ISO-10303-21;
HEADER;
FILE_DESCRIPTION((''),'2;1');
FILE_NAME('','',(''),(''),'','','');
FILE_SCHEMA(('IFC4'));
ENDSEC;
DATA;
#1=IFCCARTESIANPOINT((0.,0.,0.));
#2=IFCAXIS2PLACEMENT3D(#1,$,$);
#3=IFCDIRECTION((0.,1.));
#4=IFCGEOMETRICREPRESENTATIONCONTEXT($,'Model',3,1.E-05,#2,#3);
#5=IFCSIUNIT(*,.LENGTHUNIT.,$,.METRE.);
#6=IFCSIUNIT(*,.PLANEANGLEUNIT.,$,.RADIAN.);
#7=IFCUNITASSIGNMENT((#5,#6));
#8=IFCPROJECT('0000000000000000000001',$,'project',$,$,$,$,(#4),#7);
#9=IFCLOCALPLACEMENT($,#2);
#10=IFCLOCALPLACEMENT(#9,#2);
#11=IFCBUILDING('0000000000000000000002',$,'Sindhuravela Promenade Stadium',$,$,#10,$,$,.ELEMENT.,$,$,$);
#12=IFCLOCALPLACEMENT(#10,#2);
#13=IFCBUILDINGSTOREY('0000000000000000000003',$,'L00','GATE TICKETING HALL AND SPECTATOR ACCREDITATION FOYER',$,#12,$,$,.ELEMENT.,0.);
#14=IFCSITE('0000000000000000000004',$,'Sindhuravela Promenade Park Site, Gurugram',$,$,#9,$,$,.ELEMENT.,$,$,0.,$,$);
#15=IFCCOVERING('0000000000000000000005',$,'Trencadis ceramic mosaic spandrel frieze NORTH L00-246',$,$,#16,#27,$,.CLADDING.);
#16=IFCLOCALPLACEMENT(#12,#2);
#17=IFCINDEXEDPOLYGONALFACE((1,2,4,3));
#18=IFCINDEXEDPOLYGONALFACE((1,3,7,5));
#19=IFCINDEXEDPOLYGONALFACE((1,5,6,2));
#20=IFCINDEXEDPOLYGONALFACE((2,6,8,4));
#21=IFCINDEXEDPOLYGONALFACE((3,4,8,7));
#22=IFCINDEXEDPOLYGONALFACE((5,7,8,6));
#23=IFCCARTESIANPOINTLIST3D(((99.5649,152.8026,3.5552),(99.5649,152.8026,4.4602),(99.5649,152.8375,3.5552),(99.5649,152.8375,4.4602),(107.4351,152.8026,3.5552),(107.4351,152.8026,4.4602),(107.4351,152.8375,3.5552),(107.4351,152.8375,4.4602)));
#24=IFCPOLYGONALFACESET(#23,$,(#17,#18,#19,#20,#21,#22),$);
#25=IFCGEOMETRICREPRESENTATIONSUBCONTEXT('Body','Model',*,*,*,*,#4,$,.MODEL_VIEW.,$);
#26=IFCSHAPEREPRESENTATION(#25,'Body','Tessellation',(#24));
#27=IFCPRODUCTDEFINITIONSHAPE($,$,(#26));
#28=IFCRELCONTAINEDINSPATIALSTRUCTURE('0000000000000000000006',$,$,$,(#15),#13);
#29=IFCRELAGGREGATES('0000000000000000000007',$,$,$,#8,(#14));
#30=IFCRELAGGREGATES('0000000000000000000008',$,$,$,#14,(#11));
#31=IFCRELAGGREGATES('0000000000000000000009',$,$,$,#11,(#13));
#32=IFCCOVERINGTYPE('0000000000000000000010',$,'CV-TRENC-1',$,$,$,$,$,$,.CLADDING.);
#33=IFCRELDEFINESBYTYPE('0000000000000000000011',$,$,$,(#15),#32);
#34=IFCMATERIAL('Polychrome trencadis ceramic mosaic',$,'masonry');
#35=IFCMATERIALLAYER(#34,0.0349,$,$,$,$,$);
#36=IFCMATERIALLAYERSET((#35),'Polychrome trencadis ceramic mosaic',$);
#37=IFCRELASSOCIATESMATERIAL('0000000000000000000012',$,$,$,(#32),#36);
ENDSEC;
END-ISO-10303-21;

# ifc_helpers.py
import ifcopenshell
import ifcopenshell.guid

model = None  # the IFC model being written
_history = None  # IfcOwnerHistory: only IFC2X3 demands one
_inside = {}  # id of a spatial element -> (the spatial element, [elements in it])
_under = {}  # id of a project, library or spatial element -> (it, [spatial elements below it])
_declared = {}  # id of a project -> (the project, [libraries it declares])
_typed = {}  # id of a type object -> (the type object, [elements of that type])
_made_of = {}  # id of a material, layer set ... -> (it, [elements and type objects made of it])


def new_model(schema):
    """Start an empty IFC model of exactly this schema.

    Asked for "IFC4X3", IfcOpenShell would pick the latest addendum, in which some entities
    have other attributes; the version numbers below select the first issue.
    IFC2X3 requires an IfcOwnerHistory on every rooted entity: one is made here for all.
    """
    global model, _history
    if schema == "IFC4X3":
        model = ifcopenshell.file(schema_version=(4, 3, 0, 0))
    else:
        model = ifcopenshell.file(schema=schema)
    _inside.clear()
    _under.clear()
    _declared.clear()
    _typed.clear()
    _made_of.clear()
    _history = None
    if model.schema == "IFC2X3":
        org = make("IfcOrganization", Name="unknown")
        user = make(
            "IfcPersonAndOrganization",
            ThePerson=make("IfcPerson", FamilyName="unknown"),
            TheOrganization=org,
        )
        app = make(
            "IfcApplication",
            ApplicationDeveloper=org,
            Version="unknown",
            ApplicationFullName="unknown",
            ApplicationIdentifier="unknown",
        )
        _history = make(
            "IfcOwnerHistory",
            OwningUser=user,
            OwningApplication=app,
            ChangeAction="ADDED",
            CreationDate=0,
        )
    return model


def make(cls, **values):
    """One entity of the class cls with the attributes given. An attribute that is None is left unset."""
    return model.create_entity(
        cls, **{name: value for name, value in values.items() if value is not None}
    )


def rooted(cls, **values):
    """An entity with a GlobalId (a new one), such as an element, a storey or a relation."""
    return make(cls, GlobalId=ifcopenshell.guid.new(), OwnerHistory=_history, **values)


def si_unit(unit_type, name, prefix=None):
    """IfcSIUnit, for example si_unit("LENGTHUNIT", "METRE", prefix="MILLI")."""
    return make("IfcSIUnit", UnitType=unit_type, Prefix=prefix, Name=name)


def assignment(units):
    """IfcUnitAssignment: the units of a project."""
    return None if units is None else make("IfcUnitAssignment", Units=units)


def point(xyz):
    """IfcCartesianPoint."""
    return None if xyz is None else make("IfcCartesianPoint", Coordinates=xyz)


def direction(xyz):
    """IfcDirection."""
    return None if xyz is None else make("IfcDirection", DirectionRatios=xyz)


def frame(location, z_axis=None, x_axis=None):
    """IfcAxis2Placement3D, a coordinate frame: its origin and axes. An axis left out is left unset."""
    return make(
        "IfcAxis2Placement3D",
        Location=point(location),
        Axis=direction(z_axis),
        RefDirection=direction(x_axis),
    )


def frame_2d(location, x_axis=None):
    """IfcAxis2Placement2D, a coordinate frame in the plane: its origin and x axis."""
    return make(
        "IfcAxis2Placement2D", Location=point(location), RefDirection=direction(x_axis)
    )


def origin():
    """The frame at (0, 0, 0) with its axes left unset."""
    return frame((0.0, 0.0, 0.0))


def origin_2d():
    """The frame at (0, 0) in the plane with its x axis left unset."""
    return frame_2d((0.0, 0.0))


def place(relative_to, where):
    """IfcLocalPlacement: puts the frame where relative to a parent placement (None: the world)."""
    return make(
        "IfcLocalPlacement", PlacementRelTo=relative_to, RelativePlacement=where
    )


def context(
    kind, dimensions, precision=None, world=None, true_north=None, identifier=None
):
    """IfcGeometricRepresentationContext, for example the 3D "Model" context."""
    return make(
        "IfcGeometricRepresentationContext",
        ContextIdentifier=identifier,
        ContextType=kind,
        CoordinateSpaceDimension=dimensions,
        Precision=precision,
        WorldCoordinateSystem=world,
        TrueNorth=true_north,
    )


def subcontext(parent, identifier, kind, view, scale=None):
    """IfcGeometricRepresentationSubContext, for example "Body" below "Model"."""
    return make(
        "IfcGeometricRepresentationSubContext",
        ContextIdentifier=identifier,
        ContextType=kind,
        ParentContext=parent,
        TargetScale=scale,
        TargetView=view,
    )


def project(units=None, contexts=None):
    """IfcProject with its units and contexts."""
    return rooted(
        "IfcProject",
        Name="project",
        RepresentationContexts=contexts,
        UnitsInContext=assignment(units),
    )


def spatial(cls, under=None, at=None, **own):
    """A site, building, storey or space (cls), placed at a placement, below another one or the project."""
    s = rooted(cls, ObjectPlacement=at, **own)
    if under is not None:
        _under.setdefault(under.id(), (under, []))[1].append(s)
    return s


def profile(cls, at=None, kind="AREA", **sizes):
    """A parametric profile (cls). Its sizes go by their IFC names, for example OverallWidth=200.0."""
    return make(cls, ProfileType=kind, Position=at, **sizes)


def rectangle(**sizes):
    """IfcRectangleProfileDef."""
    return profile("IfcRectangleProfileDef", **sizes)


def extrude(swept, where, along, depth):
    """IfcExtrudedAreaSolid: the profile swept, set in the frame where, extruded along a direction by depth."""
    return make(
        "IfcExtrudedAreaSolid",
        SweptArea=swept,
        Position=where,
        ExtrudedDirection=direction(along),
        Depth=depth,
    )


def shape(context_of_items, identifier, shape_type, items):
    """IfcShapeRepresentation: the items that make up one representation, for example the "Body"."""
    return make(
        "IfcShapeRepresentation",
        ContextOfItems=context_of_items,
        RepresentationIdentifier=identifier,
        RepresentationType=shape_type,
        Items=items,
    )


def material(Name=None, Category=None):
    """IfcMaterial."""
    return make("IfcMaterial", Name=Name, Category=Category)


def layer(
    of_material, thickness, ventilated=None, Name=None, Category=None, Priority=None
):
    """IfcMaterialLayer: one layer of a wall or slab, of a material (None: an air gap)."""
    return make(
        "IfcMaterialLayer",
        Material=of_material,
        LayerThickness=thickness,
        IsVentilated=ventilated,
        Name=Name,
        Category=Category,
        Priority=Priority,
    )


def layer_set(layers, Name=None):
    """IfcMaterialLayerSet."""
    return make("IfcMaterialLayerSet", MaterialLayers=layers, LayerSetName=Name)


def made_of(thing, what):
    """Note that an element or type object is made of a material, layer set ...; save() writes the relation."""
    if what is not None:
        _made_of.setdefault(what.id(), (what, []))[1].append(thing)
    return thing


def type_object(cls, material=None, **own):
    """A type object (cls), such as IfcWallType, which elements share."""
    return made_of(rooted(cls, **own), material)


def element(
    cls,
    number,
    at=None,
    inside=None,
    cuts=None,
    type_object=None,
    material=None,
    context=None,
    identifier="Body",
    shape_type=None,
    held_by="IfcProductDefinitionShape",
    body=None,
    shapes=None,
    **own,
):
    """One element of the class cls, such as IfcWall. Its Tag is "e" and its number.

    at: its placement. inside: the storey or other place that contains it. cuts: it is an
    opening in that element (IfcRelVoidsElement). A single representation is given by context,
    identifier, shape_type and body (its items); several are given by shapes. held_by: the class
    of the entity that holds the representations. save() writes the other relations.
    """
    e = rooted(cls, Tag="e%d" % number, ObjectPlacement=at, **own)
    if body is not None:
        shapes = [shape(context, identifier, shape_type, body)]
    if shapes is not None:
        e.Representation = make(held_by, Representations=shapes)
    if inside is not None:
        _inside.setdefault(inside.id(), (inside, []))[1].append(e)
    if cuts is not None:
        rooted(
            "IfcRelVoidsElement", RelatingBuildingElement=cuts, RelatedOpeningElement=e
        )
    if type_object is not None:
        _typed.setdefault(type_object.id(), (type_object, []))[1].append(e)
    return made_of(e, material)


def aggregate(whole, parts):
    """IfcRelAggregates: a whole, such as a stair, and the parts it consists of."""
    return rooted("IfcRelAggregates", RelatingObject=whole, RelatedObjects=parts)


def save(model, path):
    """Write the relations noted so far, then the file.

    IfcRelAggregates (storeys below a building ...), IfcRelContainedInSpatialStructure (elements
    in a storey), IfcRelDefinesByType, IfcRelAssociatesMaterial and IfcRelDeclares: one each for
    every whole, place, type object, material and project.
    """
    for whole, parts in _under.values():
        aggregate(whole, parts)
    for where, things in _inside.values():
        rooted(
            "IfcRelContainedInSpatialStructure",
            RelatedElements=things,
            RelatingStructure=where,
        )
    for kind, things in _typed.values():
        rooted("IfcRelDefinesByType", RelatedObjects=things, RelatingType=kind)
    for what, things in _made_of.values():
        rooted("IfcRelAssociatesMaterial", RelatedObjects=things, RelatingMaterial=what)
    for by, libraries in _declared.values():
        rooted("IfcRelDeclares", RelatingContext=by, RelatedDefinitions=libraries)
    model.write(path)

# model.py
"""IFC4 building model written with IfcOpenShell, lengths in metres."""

from ifc_helpers import new_model, si_unit, direction, frame, origin, origin_2d, place, context, subcontext, project, spatial, rectangle, extrude, material, layer, layer_set, type_object, element, save


model = new_model("IFC4")

# Units and contexts
model_context = context("Model", 3, precision=1e-05, world=origin(), true_north=direction((0.0, 1.0)))
body_context = subcontext(model_context, "Body", "Model", "MODEL_VIEW")
ifc_project = project(units=[si_unit("LENGTHUNIT", "METRE"), si_unit("PLANEANGLEUNIT", "RADIAN")], contexts=[model_context])

# Site, building, storey
site_placement = place(None, origin())
site = spatial("IfcSite", under=ifc_project, at=site_placement, Name="Sindhuravela Promenade Park Site, Gurugram", CompositionType="ELEMENT", RefElevation=0.0)
building_placement = place(site_placement, origin())
building = spatial("IfcBuilding", under=site, at=building_placement, Name="Sindhuravela Promenade Stadium", CompositionType="ELEMENT")
storey_placement = place(building_placement, origin())
storey = spatial("IfcBuildingStorey", under=building, at=storey_placement, Name="L00", Description="GATE TICKETING HALL AND SPECTATOR ACCREDITATION FOYER", CompositionType="ELEMENT", Elevation=0.0)

# Covering
ifc_material_1 = material(Name="Polychrome trencadis ceramic mosaic", Category="masonry")
ifc_layer_1 = layer(ifc_material_1, 0.0349)
ifc_layer_set_1 = layer_set([ifc_layer_1], Name="Polychrome trencadis ceramic mosaic")
covering_type = type_object("IfcCoveringType", Name="CV-TRENC-1", PredefinedType="CLADDING", material=ifc_layer_set_1)
covering_placement = place(storey_placement, frame((103.5, 152.8201, 3.5552), z_axis=(0.0, 0.0, 1.0), x_axis=(1.0, 0.0, 0.0)))
element("IfcCovering", 1, at=covering_placement, inside=storey, type_object=covering_type, Name="Trencadis ceramic mosaic spandrel frieze NORTH L00-246", PredefinedType="CLADDING", context=body_context, shape_type="SweptSolid", body=[
    extrude(rectangle(XDim=7.8701, YDim=0.0349, at=origin_2d()), origin(), (0.0, 0.0, 1.0), 0.905),
])

save(model, "model.ifc")
